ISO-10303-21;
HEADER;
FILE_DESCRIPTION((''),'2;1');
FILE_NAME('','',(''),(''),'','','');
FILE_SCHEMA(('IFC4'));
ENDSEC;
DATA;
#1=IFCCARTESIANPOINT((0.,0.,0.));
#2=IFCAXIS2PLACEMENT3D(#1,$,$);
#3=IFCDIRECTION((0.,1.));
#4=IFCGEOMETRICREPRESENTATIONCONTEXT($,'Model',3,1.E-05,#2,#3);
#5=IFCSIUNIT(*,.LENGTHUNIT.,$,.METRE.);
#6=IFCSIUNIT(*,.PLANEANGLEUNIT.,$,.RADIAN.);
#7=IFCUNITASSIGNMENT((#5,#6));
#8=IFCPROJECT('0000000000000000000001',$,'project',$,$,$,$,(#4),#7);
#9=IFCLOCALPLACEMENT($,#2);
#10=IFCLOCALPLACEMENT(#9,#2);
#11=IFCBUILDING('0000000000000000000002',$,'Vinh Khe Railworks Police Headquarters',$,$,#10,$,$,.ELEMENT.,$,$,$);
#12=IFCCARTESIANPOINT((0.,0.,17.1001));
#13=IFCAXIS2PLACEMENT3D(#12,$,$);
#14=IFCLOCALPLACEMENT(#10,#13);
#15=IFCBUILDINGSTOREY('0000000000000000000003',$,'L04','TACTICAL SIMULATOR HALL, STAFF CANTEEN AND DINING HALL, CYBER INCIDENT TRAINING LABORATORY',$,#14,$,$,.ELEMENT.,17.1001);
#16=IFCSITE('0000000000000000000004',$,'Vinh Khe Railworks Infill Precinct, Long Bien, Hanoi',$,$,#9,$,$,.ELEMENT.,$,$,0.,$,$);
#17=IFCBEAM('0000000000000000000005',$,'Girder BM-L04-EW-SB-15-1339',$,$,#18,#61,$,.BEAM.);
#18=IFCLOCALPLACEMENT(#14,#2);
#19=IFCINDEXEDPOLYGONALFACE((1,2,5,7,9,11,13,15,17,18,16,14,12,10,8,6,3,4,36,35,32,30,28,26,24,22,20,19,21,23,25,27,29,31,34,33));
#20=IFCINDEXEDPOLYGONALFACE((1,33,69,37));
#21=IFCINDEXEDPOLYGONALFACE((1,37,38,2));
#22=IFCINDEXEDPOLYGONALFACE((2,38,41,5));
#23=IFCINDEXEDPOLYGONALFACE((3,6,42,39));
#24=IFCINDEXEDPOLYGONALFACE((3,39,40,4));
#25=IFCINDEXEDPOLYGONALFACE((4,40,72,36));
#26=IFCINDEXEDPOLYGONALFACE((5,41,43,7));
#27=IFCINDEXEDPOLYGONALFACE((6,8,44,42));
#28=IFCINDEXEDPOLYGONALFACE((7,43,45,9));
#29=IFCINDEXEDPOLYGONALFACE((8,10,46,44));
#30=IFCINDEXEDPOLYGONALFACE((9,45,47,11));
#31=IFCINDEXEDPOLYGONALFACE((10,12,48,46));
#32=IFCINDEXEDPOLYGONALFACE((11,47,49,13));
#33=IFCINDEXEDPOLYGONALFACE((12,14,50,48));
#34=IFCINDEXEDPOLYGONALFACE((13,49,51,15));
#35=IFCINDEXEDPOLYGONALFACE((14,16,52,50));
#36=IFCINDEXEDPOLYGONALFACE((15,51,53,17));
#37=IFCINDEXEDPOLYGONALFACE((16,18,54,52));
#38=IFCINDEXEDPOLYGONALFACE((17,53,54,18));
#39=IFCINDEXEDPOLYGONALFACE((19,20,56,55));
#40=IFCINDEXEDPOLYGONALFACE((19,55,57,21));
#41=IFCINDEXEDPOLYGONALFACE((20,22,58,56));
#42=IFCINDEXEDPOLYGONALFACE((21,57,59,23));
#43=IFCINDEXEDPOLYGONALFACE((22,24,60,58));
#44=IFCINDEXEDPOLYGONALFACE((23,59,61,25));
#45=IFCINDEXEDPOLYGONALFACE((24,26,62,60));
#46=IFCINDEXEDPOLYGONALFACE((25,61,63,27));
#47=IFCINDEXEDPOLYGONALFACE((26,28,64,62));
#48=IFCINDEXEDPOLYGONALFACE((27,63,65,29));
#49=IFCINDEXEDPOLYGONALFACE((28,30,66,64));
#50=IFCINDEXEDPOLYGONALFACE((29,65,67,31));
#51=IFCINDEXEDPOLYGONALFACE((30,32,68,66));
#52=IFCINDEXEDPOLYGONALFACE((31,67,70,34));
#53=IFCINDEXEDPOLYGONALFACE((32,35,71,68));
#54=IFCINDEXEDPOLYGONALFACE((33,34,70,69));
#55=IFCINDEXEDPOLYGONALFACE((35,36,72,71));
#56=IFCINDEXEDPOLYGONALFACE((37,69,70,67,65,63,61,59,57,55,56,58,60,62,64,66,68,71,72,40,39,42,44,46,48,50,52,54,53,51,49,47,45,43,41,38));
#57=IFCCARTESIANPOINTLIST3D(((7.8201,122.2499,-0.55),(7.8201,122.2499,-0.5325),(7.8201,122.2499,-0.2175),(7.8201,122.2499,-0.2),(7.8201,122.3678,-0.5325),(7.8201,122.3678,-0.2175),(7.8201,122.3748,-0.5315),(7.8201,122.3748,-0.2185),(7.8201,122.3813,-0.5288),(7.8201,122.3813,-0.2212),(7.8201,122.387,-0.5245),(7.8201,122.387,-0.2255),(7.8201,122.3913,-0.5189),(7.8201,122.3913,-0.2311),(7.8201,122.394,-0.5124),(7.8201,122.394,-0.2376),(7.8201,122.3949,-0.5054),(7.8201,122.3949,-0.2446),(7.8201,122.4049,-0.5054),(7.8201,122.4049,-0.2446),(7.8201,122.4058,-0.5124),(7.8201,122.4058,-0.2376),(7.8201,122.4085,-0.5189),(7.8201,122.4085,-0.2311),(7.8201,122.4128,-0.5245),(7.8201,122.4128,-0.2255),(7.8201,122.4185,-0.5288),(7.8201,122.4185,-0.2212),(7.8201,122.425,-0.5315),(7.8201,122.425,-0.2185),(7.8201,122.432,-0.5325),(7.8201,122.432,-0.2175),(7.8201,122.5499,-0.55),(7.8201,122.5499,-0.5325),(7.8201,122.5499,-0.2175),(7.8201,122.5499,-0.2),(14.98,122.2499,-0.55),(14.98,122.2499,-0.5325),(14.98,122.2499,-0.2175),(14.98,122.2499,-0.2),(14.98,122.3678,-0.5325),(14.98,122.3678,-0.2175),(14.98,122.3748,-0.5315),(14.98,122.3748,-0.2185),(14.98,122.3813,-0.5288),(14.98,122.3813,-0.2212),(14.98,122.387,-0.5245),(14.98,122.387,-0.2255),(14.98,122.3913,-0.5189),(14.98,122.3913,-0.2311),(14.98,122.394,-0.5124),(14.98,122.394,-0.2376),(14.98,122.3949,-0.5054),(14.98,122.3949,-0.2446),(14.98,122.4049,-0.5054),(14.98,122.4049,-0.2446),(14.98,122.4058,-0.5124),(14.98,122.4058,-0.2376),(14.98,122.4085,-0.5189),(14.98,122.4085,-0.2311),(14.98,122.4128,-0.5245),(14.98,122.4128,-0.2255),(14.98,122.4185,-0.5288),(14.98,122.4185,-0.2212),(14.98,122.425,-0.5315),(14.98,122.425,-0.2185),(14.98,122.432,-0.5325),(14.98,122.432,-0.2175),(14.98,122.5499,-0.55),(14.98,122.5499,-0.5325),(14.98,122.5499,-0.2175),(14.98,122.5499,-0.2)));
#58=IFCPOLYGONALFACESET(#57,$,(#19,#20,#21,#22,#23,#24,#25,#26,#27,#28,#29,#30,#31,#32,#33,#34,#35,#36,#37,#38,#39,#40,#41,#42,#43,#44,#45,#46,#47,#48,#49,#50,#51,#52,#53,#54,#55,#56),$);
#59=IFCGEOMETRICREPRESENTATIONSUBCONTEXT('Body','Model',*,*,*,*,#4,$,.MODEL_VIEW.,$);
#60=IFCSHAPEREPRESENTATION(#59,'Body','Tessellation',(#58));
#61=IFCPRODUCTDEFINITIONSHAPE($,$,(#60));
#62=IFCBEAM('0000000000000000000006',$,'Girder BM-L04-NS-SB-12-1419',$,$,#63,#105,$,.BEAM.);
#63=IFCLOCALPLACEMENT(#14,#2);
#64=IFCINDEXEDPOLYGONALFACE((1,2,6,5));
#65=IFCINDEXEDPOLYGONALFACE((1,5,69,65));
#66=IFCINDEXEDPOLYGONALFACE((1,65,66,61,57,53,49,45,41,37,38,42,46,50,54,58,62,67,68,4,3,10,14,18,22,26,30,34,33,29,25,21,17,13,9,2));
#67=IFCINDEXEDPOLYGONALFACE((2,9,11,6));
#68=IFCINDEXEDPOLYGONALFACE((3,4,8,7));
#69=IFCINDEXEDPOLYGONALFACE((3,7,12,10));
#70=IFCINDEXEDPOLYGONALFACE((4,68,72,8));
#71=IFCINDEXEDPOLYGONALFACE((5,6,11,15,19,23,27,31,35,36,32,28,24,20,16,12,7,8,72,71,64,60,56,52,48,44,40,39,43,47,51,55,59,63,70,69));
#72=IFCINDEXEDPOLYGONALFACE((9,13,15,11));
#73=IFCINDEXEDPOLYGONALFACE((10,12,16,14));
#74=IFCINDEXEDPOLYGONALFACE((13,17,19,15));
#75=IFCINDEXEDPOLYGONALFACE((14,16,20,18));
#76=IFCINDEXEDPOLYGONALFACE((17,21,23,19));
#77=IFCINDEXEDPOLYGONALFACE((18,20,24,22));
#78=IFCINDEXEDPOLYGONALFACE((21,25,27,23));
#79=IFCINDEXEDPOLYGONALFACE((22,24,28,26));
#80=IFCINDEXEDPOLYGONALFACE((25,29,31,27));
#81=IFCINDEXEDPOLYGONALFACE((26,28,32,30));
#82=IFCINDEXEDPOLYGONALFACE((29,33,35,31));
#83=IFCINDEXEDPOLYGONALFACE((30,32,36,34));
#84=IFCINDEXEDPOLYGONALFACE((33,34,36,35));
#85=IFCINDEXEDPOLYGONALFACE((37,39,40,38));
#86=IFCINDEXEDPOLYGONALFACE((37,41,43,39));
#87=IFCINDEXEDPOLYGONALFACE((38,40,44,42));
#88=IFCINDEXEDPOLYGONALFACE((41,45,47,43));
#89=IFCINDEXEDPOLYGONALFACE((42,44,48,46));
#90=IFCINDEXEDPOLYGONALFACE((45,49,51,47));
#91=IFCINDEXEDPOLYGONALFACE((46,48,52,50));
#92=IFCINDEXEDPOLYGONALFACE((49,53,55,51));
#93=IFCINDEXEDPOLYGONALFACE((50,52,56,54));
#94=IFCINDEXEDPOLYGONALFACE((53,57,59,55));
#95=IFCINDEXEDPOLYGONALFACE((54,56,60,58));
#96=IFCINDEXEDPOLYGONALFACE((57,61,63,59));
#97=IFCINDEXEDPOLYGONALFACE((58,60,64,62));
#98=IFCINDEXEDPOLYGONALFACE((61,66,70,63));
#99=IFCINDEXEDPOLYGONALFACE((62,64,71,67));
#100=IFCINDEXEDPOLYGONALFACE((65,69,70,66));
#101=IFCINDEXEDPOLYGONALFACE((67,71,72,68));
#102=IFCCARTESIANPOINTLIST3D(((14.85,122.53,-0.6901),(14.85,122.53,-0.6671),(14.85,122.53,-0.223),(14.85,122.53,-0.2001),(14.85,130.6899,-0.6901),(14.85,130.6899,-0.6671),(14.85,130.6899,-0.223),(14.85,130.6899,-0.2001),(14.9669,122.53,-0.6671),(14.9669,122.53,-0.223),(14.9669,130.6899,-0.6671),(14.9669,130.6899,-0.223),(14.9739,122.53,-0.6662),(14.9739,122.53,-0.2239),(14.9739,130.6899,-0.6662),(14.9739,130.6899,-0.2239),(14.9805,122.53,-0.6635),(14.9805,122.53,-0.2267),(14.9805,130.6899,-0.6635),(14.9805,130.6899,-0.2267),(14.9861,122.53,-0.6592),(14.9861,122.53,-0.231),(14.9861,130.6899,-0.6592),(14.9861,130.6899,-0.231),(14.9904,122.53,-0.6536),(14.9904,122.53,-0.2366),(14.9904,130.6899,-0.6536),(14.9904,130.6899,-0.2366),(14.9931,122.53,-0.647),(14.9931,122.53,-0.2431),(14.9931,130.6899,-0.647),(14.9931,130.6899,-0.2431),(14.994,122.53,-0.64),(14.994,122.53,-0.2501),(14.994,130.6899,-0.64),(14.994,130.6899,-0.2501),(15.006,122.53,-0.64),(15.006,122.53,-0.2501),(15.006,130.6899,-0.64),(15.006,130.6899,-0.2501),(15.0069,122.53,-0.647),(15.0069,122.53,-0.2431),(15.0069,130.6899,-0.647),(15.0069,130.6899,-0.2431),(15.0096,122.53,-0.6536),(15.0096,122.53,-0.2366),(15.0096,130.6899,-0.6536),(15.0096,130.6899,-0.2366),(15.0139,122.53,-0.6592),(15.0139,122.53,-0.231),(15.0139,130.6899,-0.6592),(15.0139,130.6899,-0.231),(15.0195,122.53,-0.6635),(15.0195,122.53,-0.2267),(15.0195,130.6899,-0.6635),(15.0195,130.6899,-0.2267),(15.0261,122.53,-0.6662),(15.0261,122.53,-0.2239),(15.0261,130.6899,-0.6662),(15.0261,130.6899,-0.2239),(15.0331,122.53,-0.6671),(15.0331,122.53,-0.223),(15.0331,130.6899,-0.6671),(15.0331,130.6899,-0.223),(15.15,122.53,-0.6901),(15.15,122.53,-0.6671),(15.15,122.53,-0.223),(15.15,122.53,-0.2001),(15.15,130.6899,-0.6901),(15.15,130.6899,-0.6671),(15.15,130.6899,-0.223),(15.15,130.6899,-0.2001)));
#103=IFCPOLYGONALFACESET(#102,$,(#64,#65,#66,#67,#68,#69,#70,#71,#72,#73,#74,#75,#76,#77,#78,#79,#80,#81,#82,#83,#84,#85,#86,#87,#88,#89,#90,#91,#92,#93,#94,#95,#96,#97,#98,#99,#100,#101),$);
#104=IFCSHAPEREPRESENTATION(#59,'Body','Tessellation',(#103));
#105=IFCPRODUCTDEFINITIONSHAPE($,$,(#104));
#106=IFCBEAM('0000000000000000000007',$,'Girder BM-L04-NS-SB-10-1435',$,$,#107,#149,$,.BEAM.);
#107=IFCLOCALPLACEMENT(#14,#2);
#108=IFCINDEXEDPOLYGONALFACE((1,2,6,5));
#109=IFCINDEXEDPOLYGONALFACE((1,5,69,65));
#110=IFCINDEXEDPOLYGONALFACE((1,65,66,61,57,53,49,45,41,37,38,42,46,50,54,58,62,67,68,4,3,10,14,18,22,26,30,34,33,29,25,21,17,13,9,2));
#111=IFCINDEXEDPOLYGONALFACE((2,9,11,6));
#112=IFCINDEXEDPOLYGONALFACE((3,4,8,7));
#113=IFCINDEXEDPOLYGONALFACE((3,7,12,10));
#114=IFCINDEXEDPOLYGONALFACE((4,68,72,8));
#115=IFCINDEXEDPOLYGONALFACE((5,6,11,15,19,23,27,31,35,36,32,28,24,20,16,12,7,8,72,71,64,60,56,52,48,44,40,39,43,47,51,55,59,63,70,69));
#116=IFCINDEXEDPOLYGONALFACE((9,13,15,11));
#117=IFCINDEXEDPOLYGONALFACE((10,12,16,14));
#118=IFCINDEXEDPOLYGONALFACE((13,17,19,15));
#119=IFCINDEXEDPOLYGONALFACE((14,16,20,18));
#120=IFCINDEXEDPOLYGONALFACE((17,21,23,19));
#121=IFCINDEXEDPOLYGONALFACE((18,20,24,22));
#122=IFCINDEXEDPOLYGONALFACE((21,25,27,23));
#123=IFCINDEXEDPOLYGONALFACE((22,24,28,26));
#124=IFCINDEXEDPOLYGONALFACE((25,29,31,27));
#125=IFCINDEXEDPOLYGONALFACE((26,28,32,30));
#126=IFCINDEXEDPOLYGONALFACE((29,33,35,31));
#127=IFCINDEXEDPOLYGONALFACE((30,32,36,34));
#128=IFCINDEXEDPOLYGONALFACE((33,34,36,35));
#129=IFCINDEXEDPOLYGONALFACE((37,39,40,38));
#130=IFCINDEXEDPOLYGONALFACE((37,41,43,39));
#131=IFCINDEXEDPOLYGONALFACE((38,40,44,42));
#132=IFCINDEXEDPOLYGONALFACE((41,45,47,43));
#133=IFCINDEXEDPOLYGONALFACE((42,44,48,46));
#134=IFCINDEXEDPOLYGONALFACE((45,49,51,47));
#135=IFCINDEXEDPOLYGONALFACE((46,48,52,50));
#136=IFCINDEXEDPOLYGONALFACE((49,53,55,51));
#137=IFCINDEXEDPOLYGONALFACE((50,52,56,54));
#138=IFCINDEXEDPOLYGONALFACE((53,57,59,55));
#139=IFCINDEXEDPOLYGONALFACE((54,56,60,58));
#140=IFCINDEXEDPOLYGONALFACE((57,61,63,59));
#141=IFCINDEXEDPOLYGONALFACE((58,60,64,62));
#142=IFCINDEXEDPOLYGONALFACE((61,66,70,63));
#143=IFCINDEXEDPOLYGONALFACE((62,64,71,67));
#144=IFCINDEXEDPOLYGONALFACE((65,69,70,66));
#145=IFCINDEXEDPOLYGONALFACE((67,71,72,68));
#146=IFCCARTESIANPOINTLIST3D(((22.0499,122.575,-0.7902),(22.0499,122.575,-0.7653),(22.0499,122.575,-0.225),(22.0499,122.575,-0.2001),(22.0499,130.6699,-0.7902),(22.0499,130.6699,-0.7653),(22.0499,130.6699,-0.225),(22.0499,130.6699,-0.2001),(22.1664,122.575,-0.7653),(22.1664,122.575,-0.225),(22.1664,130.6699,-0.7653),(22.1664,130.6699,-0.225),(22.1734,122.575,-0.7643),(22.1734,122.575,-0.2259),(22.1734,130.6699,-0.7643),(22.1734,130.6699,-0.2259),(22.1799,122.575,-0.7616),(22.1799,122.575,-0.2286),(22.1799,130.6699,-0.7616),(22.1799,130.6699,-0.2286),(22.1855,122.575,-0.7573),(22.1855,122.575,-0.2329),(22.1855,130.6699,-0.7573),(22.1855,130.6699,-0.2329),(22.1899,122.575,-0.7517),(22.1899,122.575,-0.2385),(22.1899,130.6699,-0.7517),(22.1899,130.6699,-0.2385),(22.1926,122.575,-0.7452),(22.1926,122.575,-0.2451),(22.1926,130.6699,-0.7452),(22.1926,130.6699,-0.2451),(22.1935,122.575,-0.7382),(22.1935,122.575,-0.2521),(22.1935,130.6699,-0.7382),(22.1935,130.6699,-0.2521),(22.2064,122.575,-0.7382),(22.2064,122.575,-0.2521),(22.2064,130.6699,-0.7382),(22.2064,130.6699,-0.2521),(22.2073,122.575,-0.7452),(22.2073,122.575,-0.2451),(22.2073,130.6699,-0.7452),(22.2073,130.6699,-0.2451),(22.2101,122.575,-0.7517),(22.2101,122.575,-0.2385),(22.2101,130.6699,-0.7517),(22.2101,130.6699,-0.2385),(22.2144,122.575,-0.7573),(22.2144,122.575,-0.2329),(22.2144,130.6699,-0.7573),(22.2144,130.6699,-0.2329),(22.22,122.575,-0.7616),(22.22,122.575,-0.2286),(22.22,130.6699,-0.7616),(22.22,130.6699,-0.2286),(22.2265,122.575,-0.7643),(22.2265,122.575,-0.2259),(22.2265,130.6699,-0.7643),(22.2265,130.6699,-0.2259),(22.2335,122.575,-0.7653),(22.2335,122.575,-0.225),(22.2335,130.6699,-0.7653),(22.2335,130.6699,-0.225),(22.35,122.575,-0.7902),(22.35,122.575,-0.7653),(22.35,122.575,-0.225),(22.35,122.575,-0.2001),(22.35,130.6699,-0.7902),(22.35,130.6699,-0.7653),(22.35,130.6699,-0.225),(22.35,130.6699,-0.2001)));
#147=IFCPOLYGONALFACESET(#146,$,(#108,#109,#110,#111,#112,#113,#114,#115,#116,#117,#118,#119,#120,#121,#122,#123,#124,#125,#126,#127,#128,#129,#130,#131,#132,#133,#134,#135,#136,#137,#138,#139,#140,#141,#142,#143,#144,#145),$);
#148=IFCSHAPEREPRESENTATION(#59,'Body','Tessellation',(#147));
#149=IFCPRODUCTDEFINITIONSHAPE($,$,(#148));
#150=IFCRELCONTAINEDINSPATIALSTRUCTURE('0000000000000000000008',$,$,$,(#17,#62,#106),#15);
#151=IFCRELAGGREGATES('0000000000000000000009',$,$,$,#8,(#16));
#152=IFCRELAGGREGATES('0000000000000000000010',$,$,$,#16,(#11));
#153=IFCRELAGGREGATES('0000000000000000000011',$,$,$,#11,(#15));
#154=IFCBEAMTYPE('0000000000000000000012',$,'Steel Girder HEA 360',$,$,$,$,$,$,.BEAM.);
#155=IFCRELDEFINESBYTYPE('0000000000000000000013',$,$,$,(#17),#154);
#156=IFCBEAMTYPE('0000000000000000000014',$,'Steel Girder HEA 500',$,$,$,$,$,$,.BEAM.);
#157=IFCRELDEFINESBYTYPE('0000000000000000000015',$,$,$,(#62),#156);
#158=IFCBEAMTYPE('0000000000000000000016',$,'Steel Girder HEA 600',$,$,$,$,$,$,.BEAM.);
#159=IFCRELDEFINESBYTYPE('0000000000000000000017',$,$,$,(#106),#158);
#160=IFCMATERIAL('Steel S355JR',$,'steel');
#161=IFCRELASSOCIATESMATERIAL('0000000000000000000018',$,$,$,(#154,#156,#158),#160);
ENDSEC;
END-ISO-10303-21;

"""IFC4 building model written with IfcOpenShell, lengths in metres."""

from ifc_helpers import new_model, si_unit, direction, frame, origin, origin_2d, place, context, subcontext, project, spatial, i_section, extrude, material, material_profile, profile_set, type_object, element, save


model = new_model("IFC4")

# Units and contexts
model_context = context("Model", 3, precision=1e-05, world=origin(), true_north=direction((0.0, 1.0)))
body_context = subcontext(model_context, "Body", "Model", "MODEL_VIEW")
ifc_project = project(units=[si_unit("LENGTHUNIT", "METRE"), si_unit("PLANEANGLEUNIT", "RADIAN")], contexts=[model_context])

# Site, building, storey
site_placement = place(None, origin())
site = spatial("IfcSite", under=ifc_project, at=site_placement, Name="Vinh Khe Railworks Infill Precinct, Long Bien, Hanoi", CompositionType="ELEMENT", RefElevation=0.0)
building_placement = place(site_placement, origin())
building = spatial("IfcBuilding", under=site, at=building_placement, Name="Vinh Khe Railworks Police Headquarters", CompositionType="ELEMENT")
storey_placement = place(building_placement, frame((0.0, 0.0, 17.1001)))
storey = spatial("IfcBuildingStorey", under=building, at=storey_placement, Name="L04", Description="TACTICAL SIMULATOR HALL, STAFF CANTEEN AND DINING HALL, CYBER INCIDENT TRAINING LABORATORY", CompositionType="ELEMENT", Elevation=17.1001)

# Shared definitions
ifc_material_1 = material(Name="Steel S355JR", Category="steel")

# Beams
ifc_material_profile_1 = material_profile(ifc_material_1, i_section(OverallWidth=0.3, OverallDepth=0.3501, WebThickness=0.01, FlangeThickness=0.0176, FilletRadius=0.0271, at=origin_2d()), Name="HEA 360")
ifc_profile_set_1 = profile_set([ifc_material_profile_1], Name="Steel S355JR")
beam_type_1 = type_object("IfcBeamType", Name="Steel Girder HEA 360", PredefinedType="BEAM", material=ifc_profile_set_1)
beam_1_placement = place(storey_placement, frame((7.8201, 122.3999, -0.375), z_axis=(1.0, 0.0, 0.0), x_axis=(0.0, 1.0, 0.0)))
element("IfcBeam", 1, at=beam_1_placement, inside=storey, type_object=beam_type_1, Name="Girder BM-L04-EW-SB-15-1339", PredefinedType="BEAM", context=body_context, shape_type="SweptSolid", body=[
    extrude(i_section(OverallWidth=0.3, OverallDepth=0.3501, WebThickness=0.01, FlangeThickness=0.0176, FilletRadius=0.0271, at=origin_2d()), origin(), (0.0, 0.0, 1.0), 7.1599),
])
ifc_material_profile_2 = material_profile(ifc_material_1, i_section(OverallWidth=0.3, OverallDepth=0.49, WebThickness=0.012, FlangeThickness=0.0229, FilletRadius=0.0271, at=origin_2d()), Name="HEA 500")
ifc_profile_set_2 = profile_set([ifc_material_profile_2], Name="Steel S355JR")
beam_type_2 = type_object("IfcBeamType", Name="Steel Girder HEA 500", PredefinedType="BEAM", material=ifc_profile_set_2)
beam_2_placement = place(storey_placement, frame((15.0, 122.53, -0.4451), z_axis=(0.0, 1.0, 0.0), x_axis=(-1.0, 0.0, 0.0)))
element("IfcBeam", 2, at=beam_2_placement, inside=storey, type_object=beam_type_2, Name="Girder BM-L04-NS-SB-12-1419", PredefinedType="BEAM", context=body_context, shape_type="SweptSolid", body=[
    extrude(i_section(OverallWidth=0.3, OverallDepth=0.49, WebThickness=0.012, FlangeThickness=0.0229, FilletRadius=0.0271, at=origin_2d()), origin(), (0.0, 0.0, 1.0), 8.1599),
])
ifc_material_profile_3 = material_profile(ifc_material_1, i_section(OverallWidth=0.3, OverallDepth=0.5901, WebThickness=0.0129, FlangeThickness=0.0249, FilletRadius=0.0271, at=origin_2d()), Name="HEA 600")
ifc_profile_set_3 = profile_set([ifc_material_profile_3], Name="Steel S355JR")
beam_type_3 = type_object("IfcBeamType", Name="Steel Girder HEA 600", PredefinedType="BEAM", material=ifc_profile_set_3)
beam_3_placement = place(storey_placement, frame((22.2, 122.575, -0.4951), z_axis=(0.0, 1.0, 0.0), x_axis=(-1.0, 0.0, 0.0)))
element("IfcBeam", 3, at=beam_3_placement, inside=storey, type_object=beam_type_3, Name="Girder BM-L04-NS-SB-10-1435", PredefinedType="BEAM", context=body_context, shape_type="SweptSolid", body=[
    extrude(i_section(OverallWidth=0.3, OverallDepth=0.5901, WebThickness=0.0129, FlangeThickness=0.0249, FilletRadius=0.0271, at=origin_2d()), origin(), (0.0, 0.0, 1.0), 8.095),
])

save(model, "model.ifc")
